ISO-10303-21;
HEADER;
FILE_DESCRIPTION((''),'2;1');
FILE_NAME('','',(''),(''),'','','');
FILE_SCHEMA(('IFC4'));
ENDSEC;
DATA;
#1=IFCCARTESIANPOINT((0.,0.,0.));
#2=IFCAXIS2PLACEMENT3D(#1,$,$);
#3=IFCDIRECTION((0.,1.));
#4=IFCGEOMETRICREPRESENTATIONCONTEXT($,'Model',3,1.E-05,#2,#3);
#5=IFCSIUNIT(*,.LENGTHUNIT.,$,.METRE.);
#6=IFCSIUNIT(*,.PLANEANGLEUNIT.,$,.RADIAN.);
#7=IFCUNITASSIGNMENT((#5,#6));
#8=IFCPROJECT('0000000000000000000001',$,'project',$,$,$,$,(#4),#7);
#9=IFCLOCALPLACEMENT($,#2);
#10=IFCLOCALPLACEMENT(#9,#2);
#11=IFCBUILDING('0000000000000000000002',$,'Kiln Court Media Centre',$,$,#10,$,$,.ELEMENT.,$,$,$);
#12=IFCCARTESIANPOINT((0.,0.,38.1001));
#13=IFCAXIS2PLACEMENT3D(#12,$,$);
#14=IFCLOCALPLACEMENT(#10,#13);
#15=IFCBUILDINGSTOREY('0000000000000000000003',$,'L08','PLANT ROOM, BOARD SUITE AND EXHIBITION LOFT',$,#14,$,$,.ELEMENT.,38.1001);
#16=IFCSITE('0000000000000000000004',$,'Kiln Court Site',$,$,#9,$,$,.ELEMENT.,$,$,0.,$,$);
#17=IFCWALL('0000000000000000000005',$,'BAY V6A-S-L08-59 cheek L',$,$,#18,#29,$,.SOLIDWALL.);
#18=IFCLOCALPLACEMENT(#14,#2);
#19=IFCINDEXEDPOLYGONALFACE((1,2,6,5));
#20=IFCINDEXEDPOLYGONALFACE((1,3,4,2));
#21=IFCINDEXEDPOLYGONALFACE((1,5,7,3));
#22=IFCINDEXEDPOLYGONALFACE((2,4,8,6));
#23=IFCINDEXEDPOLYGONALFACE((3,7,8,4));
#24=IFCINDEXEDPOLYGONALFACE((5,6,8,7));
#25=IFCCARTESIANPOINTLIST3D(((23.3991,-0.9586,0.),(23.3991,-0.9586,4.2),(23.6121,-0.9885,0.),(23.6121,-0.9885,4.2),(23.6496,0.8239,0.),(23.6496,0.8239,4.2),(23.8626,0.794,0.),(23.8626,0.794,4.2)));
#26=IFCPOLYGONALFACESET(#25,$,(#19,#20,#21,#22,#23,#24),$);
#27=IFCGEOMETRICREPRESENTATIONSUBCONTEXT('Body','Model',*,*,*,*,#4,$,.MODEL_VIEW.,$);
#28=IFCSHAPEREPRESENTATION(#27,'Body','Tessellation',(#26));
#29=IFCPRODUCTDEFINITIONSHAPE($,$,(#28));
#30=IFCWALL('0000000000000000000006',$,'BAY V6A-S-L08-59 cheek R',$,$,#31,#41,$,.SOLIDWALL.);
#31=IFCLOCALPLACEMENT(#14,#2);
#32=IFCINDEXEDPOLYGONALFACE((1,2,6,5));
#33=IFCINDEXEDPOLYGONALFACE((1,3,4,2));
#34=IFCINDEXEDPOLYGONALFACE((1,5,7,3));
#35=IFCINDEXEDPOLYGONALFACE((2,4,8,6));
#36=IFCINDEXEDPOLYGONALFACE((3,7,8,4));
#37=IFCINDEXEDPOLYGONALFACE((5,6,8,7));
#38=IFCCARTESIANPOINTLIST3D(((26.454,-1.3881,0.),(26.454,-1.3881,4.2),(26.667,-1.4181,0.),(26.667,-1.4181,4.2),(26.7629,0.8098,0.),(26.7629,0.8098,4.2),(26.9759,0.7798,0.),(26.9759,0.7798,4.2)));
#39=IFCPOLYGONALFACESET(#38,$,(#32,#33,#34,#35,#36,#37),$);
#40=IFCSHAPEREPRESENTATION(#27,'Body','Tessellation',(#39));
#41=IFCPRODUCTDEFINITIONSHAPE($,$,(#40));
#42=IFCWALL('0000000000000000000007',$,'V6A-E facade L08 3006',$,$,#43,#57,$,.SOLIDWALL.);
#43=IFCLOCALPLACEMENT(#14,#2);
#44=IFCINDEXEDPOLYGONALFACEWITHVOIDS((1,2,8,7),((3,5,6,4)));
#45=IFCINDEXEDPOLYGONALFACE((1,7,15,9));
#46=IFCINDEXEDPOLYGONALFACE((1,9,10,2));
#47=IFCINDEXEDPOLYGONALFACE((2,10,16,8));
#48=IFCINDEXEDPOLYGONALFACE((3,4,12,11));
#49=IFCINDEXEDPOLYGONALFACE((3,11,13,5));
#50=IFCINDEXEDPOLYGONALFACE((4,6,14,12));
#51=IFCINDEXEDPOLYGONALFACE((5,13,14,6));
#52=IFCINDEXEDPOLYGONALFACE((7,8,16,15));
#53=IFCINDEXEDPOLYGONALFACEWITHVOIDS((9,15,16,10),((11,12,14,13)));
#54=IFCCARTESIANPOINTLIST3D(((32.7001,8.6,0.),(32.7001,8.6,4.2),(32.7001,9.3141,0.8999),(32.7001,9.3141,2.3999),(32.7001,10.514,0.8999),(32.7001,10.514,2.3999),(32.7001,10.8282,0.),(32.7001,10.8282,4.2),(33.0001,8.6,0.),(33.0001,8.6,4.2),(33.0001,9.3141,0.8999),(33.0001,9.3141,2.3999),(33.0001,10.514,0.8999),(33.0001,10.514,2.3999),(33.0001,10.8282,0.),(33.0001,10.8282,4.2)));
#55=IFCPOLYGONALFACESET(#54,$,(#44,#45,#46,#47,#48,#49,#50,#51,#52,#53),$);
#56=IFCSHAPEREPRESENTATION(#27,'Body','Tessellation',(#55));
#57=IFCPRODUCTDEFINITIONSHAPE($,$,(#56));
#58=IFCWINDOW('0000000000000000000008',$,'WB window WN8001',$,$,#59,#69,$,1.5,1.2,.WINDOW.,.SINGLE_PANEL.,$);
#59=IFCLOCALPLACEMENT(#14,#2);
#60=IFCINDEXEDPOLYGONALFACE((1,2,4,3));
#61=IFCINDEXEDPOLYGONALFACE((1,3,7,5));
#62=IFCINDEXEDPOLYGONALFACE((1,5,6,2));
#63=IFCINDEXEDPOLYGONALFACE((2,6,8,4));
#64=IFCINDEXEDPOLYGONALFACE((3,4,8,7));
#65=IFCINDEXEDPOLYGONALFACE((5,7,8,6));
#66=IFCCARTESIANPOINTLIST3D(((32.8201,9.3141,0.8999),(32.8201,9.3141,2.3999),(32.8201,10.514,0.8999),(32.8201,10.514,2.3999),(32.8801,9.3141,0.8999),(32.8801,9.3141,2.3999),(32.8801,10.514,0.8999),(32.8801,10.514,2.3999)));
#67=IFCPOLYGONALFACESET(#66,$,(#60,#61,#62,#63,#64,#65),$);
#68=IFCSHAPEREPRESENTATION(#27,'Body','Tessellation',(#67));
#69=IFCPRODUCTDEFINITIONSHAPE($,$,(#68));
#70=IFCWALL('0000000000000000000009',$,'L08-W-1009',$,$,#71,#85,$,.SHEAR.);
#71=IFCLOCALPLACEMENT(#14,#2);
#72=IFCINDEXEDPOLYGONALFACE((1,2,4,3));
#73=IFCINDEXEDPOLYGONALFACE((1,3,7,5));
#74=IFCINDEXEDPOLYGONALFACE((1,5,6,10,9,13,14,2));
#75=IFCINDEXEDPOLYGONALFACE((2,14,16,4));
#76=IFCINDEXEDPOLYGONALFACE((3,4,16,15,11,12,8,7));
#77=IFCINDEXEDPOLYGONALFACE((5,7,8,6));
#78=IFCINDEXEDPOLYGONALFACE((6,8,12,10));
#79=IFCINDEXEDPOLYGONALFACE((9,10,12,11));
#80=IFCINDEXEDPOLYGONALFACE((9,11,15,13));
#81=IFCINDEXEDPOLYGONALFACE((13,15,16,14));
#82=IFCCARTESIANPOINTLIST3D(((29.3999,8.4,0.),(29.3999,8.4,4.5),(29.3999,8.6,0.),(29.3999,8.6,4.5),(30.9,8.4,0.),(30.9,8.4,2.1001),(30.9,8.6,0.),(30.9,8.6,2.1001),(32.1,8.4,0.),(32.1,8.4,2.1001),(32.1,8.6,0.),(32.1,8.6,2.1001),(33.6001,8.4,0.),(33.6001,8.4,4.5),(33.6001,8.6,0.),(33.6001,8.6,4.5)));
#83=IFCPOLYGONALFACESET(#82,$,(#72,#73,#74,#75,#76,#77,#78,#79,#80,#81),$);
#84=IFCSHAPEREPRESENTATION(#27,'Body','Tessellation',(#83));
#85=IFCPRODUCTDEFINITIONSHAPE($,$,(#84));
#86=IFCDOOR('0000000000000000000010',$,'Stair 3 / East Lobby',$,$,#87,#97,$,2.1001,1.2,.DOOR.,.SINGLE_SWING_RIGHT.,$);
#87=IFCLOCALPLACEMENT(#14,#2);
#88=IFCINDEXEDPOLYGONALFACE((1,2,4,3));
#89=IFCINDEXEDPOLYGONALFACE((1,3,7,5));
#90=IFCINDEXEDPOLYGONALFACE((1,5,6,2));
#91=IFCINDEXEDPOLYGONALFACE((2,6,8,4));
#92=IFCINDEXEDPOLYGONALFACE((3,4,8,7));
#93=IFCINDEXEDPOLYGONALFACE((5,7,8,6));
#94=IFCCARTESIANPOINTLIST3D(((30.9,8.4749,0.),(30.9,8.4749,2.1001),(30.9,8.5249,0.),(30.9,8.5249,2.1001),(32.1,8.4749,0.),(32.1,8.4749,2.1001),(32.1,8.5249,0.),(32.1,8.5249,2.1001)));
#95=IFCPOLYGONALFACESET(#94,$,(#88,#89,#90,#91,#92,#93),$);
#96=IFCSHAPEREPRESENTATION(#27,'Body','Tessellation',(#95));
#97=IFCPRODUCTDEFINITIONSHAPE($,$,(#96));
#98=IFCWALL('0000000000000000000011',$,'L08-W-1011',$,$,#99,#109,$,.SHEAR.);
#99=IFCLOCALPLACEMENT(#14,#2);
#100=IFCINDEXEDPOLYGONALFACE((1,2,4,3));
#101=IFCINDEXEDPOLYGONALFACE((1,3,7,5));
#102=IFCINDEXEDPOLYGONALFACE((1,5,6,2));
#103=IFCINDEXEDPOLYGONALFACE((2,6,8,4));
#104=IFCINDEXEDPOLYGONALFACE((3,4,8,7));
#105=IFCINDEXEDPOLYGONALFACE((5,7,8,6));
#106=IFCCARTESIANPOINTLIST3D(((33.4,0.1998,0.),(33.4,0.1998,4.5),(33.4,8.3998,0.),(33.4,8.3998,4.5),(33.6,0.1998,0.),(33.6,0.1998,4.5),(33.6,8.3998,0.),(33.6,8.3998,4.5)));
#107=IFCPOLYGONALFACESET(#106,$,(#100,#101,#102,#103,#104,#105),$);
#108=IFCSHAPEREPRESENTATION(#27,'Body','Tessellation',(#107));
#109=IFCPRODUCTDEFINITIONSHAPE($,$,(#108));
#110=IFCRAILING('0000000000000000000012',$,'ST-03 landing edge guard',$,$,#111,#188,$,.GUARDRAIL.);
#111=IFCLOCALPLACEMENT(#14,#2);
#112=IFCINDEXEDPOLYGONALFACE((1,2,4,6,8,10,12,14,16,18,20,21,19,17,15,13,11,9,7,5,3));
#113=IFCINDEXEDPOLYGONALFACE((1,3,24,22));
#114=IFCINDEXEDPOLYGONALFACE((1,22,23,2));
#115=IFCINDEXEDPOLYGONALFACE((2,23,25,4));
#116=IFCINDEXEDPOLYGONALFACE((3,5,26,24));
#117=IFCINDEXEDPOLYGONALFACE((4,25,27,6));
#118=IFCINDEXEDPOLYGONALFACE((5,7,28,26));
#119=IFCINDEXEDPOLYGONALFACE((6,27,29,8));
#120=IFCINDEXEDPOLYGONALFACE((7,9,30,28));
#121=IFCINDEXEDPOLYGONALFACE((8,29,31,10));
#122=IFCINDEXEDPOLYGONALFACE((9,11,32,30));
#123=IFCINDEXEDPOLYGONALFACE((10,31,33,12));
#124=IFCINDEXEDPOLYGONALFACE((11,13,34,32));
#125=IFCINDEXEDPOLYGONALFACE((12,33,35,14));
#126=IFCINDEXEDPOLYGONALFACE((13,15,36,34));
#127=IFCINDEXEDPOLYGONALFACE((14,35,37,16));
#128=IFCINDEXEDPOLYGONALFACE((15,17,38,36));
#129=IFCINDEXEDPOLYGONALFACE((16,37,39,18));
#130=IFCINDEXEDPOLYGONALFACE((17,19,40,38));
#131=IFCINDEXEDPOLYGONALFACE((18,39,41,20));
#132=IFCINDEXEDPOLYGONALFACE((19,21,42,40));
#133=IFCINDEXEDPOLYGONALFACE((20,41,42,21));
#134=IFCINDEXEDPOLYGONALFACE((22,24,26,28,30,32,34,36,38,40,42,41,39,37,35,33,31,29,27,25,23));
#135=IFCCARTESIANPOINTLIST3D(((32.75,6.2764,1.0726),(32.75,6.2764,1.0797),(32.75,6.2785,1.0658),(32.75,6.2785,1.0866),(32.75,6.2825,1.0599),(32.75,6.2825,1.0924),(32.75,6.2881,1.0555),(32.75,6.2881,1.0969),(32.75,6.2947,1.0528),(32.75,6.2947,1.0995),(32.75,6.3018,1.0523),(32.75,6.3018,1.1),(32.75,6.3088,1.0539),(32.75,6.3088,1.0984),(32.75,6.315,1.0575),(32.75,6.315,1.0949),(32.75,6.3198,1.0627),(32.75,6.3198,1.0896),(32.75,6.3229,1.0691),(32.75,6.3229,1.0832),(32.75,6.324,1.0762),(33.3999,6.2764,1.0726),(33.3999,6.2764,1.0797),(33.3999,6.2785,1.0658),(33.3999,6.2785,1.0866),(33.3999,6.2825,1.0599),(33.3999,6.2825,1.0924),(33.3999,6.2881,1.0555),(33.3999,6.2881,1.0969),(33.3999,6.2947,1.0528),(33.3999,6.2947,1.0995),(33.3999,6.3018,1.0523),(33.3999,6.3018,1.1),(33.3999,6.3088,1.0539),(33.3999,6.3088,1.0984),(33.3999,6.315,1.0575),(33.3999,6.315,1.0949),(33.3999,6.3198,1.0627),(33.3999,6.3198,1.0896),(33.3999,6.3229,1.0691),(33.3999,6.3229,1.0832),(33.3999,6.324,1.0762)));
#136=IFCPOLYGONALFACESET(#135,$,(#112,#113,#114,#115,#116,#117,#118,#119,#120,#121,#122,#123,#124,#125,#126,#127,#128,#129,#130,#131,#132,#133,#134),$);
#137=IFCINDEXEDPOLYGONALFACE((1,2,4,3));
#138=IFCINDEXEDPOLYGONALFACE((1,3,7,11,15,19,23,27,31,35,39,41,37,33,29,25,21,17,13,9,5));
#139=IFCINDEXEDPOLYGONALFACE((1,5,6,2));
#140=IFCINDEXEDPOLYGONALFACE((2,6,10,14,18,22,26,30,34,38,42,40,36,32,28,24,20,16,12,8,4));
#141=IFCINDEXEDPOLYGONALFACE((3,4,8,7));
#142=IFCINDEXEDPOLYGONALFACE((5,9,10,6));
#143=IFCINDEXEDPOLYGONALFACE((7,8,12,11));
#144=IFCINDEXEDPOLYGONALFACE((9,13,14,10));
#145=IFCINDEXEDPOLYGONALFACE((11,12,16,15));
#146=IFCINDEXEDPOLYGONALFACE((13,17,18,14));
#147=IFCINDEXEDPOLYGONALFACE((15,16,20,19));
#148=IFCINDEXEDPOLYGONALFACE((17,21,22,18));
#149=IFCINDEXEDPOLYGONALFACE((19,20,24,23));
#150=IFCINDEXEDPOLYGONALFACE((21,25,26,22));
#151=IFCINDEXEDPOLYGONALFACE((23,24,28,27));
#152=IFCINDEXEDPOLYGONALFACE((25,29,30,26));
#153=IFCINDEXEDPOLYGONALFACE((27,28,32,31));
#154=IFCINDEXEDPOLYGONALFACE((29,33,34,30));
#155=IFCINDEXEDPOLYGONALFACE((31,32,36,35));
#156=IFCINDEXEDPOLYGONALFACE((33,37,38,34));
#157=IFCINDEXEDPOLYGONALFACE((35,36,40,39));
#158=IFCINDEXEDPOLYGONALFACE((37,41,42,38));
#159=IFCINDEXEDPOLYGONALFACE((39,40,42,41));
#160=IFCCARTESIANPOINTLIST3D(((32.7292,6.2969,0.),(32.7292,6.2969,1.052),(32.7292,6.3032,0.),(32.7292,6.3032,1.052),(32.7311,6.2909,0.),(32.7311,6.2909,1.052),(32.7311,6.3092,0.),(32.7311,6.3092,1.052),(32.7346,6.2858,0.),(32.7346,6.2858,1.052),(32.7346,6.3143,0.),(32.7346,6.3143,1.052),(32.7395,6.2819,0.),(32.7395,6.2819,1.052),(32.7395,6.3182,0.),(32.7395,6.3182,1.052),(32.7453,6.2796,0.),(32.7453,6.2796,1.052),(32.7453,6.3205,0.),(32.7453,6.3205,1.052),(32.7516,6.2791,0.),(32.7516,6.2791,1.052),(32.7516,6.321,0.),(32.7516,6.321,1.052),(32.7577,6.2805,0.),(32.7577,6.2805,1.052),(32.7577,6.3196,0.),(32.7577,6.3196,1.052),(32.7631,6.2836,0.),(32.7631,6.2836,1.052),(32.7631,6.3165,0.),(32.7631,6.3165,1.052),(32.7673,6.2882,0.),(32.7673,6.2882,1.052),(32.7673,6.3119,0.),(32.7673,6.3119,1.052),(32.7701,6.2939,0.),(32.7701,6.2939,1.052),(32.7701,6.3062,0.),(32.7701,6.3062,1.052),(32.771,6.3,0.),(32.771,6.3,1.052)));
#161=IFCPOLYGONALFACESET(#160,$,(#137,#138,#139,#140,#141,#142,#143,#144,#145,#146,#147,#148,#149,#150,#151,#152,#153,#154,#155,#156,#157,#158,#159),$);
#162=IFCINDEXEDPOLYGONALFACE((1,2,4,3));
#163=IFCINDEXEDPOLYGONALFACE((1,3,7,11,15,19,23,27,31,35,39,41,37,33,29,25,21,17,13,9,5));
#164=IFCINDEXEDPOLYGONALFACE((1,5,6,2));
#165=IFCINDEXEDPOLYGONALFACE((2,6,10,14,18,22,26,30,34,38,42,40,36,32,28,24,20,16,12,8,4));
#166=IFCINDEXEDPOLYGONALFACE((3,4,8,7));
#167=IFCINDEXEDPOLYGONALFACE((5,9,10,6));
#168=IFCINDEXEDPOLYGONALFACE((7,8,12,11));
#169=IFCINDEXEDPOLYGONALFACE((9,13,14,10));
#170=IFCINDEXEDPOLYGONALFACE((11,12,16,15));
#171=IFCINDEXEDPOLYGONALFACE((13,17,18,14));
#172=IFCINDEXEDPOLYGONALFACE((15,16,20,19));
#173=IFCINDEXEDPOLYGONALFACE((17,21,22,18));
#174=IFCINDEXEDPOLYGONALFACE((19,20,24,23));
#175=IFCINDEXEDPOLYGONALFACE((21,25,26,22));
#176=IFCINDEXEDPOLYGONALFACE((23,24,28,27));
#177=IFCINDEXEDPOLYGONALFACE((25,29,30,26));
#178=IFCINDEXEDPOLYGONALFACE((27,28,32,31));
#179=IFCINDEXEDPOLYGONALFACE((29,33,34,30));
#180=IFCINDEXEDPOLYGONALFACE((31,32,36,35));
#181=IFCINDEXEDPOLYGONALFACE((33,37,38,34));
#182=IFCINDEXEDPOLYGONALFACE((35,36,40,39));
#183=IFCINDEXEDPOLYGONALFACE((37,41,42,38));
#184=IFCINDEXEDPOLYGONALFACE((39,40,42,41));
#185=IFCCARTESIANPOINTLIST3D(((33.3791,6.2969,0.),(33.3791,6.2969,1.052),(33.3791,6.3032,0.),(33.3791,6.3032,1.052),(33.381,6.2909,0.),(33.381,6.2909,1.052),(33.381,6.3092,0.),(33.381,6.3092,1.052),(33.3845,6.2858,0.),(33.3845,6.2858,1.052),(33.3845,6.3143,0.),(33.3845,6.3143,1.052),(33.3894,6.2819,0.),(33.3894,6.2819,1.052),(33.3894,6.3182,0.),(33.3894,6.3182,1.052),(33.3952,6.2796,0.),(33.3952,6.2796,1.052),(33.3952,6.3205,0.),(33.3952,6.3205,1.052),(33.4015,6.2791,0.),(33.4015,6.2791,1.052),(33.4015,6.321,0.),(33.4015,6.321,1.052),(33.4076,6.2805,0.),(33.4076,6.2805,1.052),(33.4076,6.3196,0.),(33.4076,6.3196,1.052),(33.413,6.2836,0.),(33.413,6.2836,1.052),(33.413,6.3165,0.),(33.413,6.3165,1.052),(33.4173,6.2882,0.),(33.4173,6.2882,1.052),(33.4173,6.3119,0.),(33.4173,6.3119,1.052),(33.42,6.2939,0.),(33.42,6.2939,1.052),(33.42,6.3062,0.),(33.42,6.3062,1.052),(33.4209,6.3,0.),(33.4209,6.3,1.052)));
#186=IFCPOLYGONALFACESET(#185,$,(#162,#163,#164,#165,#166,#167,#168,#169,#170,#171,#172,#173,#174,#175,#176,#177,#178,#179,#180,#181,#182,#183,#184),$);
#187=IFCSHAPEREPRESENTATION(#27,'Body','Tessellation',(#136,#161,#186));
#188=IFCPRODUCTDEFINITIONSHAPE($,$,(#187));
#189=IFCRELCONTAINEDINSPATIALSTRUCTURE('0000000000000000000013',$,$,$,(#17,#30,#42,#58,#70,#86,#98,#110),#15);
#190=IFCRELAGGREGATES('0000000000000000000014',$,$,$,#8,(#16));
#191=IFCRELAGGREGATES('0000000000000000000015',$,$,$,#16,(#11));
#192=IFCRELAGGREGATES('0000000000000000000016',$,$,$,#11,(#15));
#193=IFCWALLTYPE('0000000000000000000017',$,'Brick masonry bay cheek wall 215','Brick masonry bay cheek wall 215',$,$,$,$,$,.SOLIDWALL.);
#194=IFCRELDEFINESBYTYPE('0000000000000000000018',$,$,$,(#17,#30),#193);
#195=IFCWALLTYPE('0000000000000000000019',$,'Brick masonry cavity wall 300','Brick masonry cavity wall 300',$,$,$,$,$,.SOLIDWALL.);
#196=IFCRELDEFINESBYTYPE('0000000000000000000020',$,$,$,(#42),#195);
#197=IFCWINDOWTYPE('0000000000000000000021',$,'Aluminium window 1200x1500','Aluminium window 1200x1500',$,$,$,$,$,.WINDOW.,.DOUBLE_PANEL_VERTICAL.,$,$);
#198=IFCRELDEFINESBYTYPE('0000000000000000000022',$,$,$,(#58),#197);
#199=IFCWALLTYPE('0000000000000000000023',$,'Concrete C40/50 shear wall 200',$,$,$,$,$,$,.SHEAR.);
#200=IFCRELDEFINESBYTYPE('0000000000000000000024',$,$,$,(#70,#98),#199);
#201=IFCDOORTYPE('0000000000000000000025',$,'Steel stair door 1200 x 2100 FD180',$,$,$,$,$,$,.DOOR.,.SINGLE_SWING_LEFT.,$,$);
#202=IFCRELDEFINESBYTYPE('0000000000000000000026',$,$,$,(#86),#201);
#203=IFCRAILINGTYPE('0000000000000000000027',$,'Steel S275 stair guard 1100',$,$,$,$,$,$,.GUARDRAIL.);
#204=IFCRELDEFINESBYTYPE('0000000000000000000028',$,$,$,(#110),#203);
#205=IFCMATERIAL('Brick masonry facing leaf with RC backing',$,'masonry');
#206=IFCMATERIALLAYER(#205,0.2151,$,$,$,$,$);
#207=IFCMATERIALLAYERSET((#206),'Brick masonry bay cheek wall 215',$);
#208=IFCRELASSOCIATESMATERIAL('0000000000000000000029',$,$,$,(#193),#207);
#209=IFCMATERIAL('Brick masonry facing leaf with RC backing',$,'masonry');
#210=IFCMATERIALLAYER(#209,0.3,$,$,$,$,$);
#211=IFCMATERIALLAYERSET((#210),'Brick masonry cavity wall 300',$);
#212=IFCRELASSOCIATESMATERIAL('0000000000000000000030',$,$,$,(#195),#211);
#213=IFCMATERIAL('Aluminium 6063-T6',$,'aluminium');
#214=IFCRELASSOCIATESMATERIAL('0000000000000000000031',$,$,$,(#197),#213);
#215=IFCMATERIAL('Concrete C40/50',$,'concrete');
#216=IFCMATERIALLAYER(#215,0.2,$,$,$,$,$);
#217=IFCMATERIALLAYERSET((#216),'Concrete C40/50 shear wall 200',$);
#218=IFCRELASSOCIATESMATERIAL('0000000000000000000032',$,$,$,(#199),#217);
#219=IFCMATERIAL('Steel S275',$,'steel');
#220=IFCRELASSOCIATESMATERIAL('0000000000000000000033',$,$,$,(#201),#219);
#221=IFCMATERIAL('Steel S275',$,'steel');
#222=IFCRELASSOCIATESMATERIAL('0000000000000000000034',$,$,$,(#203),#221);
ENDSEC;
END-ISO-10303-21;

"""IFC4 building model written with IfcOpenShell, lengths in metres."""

from ifc_helpers import new_model, si_unit, direction, frame, frame_2d, origin, origin_2d, place, context, subcontext, project, spatial, rectangle, circle, extrude, material, layer, layer_set, type_object, element, fill, save


model = new_model("IFC4")

# Units and contexts
model_context = context("Model", 3, precision=1e-05, world=origin(), true_north=direction((0.0, 1.0)))
body_context = subcontext(model_context, "Body", "Model", "MODEL_VIEW")
ifc_project = project(units=[si_unit("LENGTHUNIT", "METRE"), si_unit("PLANEANGLEUNIT", "RADIAN")], contexts=[model_context])

# Site, building, storey
site_placement = place(None, origin())
site = spatial("IfcSite", under=ifc_project, at=site_placement, Name="Kiln Court Site", CompositionType="ELEMENT", RefElevation=0.0)
building_placement = place(site_placement, origin())
building = spatial("IfcBuilding", under=site, at=building_placement, Name="Kiln Court Media Centre", CompositionType="ELEMENT")
storey_placement = place(building_placement, frame((0.0, 0.0, 38.1001)))
storey = spatial("IfcBuildingStorey", under=building, at=storey_placement, Name="L08", Description="PLANT ROOM, BOARD SUITE AND EXHIBITION LOFT", CompositionType="ELEMENT", Elevation=38.1001)

# Walls
ifc_material_1 = material(Name="Brick masonry facing leaf with RC backing", Category="masonry")
ifc_layer_1 = layer(ifc_material_1, 0.2151)
ifc_layer_set_1 = layer_set([ifc_layer_1], Name="Brick masonry bay cheek wall 215")
wall_type_1 = type_object("IfcWallType", Name="Brick masonry bay cheek wall 215", Description="Brick masonry bay cheek wall 215", PredefinedType="SOLIDWALL", material=ifc_layer_set_1)
for number, where, z_axis, x_axis, name in (
    (1, (23.7561, 0.8088, 0.0), (0.0, 0.0, 1.0), (-0.139161, -0.99027, 0.0), "BAY V6A-S-L08-59 cheek L"),
):
    element("IfcWall", number, at=place(storey_placement, frame(where, z_axis=z_axis, x_axis=x_axis)), inside=storey, type_object=wall_type_1, Name=name, PredefinedType="SOLIDWALL", context=body_context, shape_type="SweptSolid", body=[
        extrude(rectangle(XDim=1.8, YDim=0.2151, at=frame_2d((0.8999, 0.0))), origin(), (0.0, 0.0, 1.0), 4.2),
    ])
wall_1_placement = place(storey_placement, frame((26.8694, 0.7949, 0.0), z_axis=(0.0, 0.0, 1.0), x_axis=(-0.139142, -0.990272, 0.0)))
element("IfcWall", 2, at=wall_1_placement, inside=storey, type_object=wall_type_1, Name="BAY V6A-S-L08-59 cheek R", PredefinedType="SOLIDWALL", context=body_context, shape_type="SweptSolid", body=[
    extrude(rectangle(XDim=2.2195, YDim=0.2151, at=frame_2d((1.1099, 0.0))), origin(), (0.0, 0.0, 1.0), 4.2),
])

# Wall, opening, window
ifc_material_2 = material(Name="Brick masonry facing leaf with RC backing", Category="masonry")
ifc_layer_2 = layer(ifc_material_2, 0.3)
ifc_layer_set_2 = layer_set([ifc_layer_2], Name="Brick masonry cavity wall 300")
wall_type_2 = type_object("IfcWallType", Name="Brick masonry cavity wall 300", Description="Brick masonry cavity wall 300", PredefinedType="SOLIDWALL", material=ifc_layer_set_2)
wall_2_placement = place(storey_placement, frame((32.8501, 10.8284, 0.0), z_axis=(0.0, 0.0, 1.0), x_axis=(0.0, -1.0, 0.0)))
wall_2 = element("IfcWall", 3, at=wall_2_placement, inside=storey, type_object=wall_type_2, Name="V6A-E facade L08 3006", PredefinedType="SOLIDWALL", context=body_context, shape_type="SweptSolid", body=[
    extrude(rectangle(XDim=2.2283, YDim=0.3, at=frame_2d((1.1143, 0.0))), origin(), (0.0, 0.0, 1.0), 4.2),
])
opening_1_placement = place(wall_2_placement, frame((0.3142, 0.0, 0.8999)))
opening_1 = element("IfcOpeningElement", 4, at=opening_1_placement, cuts=wall_2, PredefinedType="OPENING", context=body_context, shape_type="SweptSolid", body=[
    extrude(rectangle(XDim=1.2, YDim=1.5, at=frame_2d((0.6001, 0.75))), frame((0.0, 0.1599, 0.0), z_axis=(0.0, -1.0, 0.0), x_axis=(1.0, 0.0, 0.0)), (0.0, 0.0, 1.0), 0.3201),
])
ifc_material_3 = material(Name="Aluminium 6063-T6", Category="aluminium")
window_type = type_object("IfcWindowType", Name="Aluminium window 1200x1500", Description="Aluminium window 1200x1500", PartitioningType="DOUBLE_PANEL_VERTICAL", PredefinedType="WINDOW", material=ifc_material_3)
window_placement = place(opening_1_placement, origin())
window = element("IfcWindow", 5, at=window_placement, inside=storey, type_object=window_type, Name="WB window WN8001", OverallHeight=1.5, OverallWidth=1.2, PartitioningType="SINGLE_PANEL", PredefinedType="WINDOW", context=body_context, shape_type="SweptSolid", body=[
    extrude(rectangle(XDim=1.2, YDim=1.5, at=frame_2d((0.6001, 0.75))), frame((0.0, 0.03, 0.0), z_axis=(0.0, -1.0, 0.0), x_axis=(1.0, 0.0, 0.0)), (0.0, 0.0, 1.0), 0.0601),
])
fill(opening_1, window)

# Wall, opening, door
ifc_material_4 = material(Name="Concrete C40/50", Category="concrete")
ifc_layer_3 = layer(ifc_material_4, 0.2)
ifc_layer_set_3 = layer_set([ifc_layer_3], Name="Concrete C40/50 shear wall 200")
wall_type_3 = type_object("IfcWallType", Name="Concrete C40/50 shear wall 200", PredefinedType="SHEAR", material=ifc_layer_set_3)
wall_3_placement = place(storey_placement, frame((29.3999, 8.5, 0.0), z_axis=(0.0, 0.0, 1.0), x_axis=(1.0, 0.0, 0.0)))
wall_3 = element("IfcWall", 6, at=wall_3_placement, inside=storey, type_object=wall_type_3, Name="L08-W-1009", PredefinedType="SHEAR", context=body_context, shape_type="SweptSolid", body=[
    extrude(rectangle(XDim=4.2002, YDim=0.2, at=frame_2d((2.1001, 0.0))), origin(), (0.0, 0.0, 1.0), 4.5),
])
opening_2_placement = place(wall_3_placement, frame((1.5, 0.0, 0.0)))
opening_2 = element("IfcOpeningElement", 7, at=opening_2_placement, cuts=wall_3, PredefinedType="OPENING", context=body_context, shape_type="SweptSolid", body=[
    extrude(rectangle(XDim=1.2, YDim=2.1001, at=frame_2d((0.6001, 1.05))), frame((0.0, 0.1099, 0.0), z_axis=(0.0, -1.0, 0.0), x_axis=(1.0, 0.0, 0.0)), (0.0, 0.0, 1.0), 0.22),
])
ifc_material_5 = material(Name="Steel S275", Category="steel")
door_type_1 = type_object("IfcDoorType", Name="Steel stair door 1200 x 2100 FD180", OperationType="SINGLE_SWING_LEFT", PredefinedType="DOOR", material=ifc_material_5)
door_1_placement = place(opening_2_placement, origin())
door_1 = element("IfcDoor", 8, at=door_1_placement, inside=storey, type_object=door_type_1, Name="Stair 3 / East Lobby", OperationType="SINGLE_SWING_RIGHT", OverallHeight=2.1001, OverallWidth=1.2, PredefinedType="DOOR", context=body_context, shape_type="SweptSolid", body=[
    extrude(rectangle(XDim=1.2, YDim=2.1001, at=frame_2d((0.6001, 1.05))), frame((0.0, 0.0249, 0.0), z_axis=(0.0, -1.0, 0.0), x_axis=(1.0, 0.0, 0.0)), (0.0, 0.0, 1.0), 0.05),
])
fill(opening_2, door_1)

# Wall
wall_4_placement = place(storey_placement, frame((33.5, 8.3999, 0.0), z_axis=(0.0, 0.0, 1.0), x_axis=(0.0, -1.0, 0.0)))
element("IfcWall", 9, at=wall_4_placement, inside=storey, type_object=wall_type_3, Name="L08-W-1011", PredefinedType="SHEAR", context=body_context, shape_type="SweptSolid", body=[
    extrude(rectangle(XDim=8.2, YDim=0.2, at=frame_2d((4.1001, 0.0))), origin(), (0.0, 0.0, 1.0), 4.5),
])

# Railing
ifc_material_6 = material(Name="Steel S275", Category="steel")
railing_type = type_object("IfcRailingType", Name="Steel S275 stair guard 1100", PredefinedType="GUARDRAIL", material=ifc_material_6)
railing_1_placement = place(storey_placement, frame((32.75, 6.3, 0.0)))
element("IfcRailing", 10, at=railing_1_placement, inside=storey, type_object=railing_type, Name="ST-03 landing edge guard", PredefinedType="GUARDRAIL", context=body_context, shape_type="SweptSolid", body=[
    extrude(circle(Radius=0.0239, at=origin_2d()), frame((0.0, 0.0, 1.0762), z_axis=(1.0, 0.0, 0.0), x_axis=(0.0, 1.0, 0.0)), (0.0, 0.0, 1.0), 0.6499),
    extrude(circle(Radius=0.021, at=origin_2d()), origin(), (0.0, 0.0, 1.0), 1.052),
    extrude(circle(Radius=0.021, at=origin_2d()), frame((0.6499, 0.0, 0.0)), (0.0, 0.0, 1.0), 1.052),
])

save(model, "model.ifc")
